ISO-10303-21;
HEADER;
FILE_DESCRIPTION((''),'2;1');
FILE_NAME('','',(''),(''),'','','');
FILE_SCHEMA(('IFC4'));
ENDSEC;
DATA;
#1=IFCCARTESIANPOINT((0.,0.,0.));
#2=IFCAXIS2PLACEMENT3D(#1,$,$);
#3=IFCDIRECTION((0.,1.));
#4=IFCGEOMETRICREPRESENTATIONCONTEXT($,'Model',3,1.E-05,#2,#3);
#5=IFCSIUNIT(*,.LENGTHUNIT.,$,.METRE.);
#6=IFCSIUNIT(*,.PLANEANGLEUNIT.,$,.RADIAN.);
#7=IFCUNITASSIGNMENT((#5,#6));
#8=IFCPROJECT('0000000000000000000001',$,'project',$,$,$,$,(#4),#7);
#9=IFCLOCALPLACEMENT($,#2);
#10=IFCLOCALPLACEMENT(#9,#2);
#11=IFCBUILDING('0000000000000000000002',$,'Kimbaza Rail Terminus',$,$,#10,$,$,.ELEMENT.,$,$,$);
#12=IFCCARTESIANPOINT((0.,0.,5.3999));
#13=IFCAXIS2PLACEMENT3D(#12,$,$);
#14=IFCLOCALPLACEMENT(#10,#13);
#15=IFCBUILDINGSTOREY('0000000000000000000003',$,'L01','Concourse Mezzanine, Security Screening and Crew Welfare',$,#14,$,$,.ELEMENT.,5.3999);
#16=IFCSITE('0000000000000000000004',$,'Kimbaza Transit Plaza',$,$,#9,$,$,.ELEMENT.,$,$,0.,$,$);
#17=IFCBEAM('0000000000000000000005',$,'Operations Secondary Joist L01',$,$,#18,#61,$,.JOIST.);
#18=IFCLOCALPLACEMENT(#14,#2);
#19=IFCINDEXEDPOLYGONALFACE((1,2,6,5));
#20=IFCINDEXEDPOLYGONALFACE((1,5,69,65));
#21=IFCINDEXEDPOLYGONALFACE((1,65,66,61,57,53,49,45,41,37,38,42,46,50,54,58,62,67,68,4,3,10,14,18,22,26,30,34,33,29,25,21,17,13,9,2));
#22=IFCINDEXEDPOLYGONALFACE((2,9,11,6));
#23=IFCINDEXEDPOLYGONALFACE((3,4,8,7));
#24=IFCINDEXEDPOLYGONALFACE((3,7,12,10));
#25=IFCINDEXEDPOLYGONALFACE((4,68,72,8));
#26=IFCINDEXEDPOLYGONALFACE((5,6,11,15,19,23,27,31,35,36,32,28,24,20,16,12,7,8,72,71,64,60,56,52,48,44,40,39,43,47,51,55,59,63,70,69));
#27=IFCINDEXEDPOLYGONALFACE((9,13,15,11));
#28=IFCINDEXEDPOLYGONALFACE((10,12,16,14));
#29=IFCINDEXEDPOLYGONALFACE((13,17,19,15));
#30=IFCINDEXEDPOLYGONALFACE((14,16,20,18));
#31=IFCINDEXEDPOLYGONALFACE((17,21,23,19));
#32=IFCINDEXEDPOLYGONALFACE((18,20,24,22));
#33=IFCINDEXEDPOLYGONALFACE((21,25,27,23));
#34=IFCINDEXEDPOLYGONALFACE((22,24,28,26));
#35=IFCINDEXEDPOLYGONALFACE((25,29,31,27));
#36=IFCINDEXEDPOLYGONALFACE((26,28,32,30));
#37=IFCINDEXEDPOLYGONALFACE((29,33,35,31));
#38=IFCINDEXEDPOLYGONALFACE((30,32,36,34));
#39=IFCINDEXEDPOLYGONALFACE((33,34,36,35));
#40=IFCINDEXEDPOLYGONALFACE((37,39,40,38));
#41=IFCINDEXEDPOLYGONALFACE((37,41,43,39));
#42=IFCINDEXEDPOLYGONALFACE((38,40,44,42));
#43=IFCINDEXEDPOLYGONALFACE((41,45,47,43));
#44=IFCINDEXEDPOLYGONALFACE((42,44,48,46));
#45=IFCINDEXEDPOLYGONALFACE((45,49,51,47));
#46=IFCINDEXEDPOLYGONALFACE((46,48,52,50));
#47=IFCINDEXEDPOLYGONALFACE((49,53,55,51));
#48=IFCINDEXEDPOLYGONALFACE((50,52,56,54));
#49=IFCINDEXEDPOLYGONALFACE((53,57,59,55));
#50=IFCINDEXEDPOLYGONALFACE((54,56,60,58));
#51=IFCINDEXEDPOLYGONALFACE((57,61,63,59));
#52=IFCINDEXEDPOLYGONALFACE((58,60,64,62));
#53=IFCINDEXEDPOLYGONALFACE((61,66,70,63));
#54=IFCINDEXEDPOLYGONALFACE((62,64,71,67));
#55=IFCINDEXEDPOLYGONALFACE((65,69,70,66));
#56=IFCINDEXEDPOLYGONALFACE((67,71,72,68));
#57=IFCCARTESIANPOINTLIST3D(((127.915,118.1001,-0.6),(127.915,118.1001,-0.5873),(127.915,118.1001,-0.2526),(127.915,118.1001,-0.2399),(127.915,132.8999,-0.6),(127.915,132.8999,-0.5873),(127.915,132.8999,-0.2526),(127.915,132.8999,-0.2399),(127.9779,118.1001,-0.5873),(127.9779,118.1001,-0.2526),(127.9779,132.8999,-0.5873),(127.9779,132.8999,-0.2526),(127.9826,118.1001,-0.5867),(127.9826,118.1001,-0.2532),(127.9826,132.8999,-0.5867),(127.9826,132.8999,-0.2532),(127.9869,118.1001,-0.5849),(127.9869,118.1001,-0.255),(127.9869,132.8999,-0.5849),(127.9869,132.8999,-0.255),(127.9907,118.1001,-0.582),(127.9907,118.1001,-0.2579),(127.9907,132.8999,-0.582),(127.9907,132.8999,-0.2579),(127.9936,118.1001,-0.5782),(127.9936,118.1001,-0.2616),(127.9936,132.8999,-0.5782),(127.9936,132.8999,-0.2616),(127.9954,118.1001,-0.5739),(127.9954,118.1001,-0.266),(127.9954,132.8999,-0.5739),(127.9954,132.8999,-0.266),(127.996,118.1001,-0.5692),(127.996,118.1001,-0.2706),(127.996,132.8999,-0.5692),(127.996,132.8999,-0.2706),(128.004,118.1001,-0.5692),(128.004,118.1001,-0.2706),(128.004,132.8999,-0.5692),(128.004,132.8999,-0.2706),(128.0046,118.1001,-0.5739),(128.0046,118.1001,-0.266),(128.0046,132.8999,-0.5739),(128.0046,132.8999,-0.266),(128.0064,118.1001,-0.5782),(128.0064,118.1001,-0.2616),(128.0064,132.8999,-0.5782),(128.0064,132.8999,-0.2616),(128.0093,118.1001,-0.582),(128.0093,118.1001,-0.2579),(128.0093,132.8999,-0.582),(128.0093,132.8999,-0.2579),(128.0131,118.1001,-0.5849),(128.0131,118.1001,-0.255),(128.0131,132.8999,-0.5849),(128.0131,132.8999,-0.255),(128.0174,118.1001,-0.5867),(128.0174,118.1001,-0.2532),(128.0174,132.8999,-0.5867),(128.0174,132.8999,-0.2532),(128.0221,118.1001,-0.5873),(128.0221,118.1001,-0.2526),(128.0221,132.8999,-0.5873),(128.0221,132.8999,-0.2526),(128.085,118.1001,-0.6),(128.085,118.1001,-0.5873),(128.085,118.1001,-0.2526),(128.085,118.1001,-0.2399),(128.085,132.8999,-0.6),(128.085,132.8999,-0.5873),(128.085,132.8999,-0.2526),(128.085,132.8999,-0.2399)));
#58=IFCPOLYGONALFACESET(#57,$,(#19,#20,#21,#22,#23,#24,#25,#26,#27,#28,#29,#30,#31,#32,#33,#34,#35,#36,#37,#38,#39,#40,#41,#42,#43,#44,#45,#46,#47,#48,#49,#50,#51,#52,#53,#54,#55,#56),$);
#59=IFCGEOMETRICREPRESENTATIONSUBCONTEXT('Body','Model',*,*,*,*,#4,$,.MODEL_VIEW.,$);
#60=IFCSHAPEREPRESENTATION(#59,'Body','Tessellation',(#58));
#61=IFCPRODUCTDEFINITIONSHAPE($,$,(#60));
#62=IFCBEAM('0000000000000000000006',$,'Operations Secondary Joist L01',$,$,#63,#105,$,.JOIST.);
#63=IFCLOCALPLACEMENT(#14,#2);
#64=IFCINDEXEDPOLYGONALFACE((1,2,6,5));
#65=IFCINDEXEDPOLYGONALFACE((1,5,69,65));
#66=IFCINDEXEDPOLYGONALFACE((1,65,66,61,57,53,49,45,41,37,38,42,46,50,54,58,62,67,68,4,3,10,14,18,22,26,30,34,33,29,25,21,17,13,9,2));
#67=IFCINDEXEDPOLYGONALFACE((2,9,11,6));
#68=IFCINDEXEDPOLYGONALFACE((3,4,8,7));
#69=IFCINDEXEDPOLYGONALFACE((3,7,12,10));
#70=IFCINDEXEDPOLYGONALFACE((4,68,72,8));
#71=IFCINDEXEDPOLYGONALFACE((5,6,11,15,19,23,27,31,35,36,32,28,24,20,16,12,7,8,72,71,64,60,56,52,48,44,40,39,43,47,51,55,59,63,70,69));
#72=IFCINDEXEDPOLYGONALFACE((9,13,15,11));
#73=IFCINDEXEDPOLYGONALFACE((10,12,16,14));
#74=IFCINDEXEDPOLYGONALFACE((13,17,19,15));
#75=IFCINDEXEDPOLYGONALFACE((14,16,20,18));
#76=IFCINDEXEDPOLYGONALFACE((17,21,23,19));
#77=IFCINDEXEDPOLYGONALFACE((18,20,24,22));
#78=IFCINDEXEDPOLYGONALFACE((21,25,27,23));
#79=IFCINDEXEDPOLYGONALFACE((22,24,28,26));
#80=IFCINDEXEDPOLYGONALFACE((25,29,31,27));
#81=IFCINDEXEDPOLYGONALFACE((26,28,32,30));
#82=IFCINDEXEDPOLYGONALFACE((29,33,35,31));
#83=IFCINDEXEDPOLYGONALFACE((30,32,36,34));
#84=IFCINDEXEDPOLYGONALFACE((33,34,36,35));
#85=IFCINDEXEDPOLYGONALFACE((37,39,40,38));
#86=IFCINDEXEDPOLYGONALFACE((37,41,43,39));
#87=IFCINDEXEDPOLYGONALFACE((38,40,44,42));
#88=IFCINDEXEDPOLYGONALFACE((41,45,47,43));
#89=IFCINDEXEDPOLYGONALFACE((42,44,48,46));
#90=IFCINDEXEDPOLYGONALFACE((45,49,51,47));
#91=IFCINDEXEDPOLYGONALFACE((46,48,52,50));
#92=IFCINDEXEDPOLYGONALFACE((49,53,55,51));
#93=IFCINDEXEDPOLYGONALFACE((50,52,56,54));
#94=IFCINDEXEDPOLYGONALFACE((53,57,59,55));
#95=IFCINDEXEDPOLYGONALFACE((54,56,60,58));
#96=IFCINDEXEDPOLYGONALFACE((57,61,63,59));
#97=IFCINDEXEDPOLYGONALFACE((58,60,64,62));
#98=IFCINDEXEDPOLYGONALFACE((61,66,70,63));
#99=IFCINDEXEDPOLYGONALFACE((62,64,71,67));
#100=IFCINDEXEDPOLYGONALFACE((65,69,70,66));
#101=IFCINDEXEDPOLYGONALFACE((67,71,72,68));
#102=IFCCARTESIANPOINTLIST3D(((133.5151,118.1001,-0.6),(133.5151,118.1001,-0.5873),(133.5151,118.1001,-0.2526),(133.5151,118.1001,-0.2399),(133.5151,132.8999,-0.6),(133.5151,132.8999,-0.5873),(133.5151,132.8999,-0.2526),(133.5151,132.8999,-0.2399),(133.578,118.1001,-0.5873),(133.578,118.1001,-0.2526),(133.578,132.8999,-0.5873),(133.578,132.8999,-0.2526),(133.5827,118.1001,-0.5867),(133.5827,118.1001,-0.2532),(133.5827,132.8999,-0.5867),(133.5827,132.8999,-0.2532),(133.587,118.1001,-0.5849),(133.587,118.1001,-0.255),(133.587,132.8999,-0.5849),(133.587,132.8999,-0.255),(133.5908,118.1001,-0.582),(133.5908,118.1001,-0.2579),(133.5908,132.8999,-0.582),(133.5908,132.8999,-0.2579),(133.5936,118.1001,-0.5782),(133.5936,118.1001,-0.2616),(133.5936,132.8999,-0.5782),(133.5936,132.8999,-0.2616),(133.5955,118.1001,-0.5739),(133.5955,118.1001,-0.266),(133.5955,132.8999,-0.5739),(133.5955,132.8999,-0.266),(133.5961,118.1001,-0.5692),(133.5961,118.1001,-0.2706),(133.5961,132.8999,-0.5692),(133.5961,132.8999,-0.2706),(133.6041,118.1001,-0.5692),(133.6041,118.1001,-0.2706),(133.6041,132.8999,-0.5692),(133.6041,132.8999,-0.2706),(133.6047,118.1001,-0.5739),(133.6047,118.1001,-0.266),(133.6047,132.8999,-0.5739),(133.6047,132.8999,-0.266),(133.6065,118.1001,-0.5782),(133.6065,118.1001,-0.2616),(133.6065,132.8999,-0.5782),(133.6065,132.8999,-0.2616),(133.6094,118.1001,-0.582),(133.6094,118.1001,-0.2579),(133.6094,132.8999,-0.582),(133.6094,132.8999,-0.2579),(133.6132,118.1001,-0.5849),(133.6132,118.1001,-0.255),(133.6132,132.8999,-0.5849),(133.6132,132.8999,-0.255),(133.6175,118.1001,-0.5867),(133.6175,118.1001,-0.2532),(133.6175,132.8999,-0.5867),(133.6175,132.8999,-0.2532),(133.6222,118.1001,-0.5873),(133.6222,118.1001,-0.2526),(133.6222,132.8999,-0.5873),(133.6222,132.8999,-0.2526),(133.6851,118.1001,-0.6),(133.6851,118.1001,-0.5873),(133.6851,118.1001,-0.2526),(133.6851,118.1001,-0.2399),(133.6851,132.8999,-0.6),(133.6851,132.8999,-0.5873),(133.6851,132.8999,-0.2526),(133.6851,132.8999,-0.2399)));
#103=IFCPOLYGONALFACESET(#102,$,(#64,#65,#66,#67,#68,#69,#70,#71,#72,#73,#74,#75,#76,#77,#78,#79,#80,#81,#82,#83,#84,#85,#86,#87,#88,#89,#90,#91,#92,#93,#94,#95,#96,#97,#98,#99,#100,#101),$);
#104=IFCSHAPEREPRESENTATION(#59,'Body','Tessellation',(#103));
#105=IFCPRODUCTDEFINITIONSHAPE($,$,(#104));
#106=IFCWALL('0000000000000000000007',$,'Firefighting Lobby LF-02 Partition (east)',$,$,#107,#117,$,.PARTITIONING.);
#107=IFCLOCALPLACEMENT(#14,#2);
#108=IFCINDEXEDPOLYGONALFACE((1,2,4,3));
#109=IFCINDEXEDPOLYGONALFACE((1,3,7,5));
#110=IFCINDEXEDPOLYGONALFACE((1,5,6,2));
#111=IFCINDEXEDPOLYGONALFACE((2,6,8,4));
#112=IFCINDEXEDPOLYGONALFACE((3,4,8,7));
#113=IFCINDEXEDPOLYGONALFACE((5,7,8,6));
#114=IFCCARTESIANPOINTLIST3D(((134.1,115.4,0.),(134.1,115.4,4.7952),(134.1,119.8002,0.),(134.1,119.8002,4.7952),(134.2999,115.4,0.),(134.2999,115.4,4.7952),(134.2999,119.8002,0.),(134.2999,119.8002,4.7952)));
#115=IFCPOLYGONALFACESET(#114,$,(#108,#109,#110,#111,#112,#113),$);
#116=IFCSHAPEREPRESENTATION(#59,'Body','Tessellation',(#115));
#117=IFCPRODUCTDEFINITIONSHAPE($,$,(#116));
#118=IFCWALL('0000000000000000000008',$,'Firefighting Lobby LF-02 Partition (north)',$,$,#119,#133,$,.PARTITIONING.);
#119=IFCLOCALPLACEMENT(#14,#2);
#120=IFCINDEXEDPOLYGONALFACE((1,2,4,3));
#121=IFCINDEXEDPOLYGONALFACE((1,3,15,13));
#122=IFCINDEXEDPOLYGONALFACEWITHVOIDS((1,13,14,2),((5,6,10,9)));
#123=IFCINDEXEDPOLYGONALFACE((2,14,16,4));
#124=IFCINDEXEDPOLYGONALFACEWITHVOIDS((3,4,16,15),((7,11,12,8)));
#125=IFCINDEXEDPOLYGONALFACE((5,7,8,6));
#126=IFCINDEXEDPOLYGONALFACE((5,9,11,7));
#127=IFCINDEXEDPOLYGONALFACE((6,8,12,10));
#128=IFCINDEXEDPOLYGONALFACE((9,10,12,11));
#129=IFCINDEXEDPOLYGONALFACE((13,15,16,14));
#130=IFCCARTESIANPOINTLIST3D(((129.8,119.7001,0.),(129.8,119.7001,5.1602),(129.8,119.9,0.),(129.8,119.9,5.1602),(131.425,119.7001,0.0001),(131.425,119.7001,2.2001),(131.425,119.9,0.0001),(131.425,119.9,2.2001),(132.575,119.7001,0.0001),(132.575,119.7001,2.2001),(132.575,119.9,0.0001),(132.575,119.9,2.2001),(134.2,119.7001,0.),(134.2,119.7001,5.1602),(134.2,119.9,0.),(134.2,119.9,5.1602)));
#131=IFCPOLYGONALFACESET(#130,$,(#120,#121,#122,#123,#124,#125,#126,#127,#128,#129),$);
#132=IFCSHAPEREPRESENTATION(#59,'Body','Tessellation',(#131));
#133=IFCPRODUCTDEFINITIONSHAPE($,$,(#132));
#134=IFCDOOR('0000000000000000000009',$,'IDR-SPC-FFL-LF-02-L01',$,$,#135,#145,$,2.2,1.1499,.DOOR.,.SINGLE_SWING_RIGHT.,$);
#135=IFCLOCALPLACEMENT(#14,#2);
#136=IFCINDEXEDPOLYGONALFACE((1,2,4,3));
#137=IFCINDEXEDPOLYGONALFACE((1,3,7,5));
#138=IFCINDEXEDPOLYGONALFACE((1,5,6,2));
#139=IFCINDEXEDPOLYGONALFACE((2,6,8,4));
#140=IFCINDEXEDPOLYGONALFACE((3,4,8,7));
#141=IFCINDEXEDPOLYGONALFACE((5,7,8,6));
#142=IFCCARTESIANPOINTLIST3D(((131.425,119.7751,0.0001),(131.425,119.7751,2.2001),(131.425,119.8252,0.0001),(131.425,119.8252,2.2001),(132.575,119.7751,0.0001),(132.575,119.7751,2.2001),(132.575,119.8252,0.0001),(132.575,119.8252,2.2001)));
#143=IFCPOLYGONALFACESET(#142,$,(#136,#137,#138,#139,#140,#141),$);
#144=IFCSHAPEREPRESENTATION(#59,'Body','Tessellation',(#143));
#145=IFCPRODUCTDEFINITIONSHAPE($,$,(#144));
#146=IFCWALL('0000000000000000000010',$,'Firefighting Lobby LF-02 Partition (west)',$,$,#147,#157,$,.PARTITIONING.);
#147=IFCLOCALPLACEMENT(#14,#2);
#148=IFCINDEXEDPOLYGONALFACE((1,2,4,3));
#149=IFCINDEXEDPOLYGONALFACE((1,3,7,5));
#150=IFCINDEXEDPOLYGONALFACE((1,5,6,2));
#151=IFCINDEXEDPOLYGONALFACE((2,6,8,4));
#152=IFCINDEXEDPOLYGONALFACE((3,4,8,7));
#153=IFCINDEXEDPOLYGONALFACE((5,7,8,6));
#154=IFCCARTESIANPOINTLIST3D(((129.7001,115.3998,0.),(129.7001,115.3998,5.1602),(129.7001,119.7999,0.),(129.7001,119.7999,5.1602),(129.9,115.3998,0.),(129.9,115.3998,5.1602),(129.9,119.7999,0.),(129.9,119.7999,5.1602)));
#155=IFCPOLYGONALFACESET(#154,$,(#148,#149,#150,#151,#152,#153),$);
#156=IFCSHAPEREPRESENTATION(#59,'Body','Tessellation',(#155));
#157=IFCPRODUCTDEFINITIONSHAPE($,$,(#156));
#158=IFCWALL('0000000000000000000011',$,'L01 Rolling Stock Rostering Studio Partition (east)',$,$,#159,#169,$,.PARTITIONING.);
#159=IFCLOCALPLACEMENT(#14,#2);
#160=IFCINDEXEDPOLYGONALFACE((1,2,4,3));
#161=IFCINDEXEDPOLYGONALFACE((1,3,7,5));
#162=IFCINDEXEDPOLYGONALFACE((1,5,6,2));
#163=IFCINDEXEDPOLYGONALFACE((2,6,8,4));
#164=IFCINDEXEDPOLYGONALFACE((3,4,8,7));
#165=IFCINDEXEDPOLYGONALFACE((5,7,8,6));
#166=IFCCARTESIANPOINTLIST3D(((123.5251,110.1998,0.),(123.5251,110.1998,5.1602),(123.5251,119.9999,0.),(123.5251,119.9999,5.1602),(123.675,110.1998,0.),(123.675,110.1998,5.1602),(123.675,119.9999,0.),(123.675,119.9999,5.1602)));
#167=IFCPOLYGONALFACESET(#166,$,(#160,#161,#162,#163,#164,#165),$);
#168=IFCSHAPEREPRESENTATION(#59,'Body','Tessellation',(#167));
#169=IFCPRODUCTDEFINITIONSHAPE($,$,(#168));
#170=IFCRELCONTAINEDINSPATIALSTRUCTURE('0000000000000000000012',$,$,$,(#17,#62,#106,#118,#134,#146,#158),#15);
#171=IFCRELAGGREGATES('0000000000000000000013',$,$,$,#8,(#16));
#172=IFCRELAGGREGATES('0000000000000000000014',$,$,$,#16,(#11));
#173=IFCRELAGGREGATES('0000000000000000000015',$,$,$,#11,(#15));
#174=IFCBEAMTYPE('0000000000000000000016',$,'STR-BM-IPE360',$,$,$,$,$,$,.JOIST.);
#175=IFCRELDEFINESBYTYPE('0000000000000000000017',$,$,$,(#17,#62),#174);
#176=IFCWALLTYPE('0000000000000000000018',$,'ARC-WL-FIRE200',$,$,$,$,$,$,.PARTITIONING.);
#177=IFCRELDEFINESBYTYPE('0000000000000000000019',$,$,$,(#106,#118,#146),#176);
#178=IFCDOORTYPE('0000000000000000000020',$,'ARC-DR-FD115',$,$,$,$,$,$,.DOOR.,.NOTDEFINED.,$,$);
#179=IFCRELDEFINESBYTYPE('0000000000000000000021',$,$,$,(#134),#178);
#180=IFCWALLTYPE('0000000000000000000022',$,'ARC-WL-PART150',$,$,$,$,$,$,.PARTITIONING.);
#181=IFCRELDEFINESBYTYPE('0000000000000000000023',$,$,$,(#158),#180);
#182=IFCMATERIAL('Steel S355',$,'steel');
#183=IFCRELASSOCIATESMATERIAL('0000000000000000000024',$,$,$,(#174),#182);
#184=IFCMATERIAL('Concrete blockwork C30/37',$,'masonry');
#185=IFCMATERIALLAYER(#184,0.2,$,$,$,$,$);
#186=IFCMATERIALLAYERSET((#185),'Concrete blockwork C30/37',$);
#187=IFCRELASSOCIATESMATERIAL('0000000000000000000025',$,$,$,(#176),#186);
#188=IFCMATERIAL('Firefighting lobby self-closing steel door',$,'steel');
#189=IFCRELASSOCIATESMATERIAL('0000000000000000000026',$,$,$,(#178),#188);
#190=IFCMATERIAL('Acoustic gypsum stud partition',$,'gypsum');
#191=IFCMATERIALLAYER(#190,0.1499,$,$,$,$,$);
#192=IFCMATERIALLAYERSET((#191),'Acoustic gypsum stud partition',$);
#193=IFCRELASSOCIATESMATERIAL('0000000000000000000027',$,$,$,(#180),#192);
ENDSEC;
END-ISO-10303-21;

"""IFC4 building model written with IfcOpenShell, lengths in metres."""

from ifc_helpers import new_model, si_unit, direction, frame, frame_2d, origin, origin_2d, place, context, subcontext, project, spatial, rectangle, i_section, extrude, material, layer, layer_set, material_profile, profile_set, type_object, element, fill, save


model = new_model("IFC4")

# Units and contexts
model_context = context("Model", 3, precision=1e-05, world=origin(), true_north=direction((0.0, 1.0)))
body_context = subcontext(model_context, "Body", "Model", "MODEL_VIEW")
ifc_project = project(units=[si_unit("LENGTHUNIT", "METRE"), si_unit("PLANEANGLEUNIT", "RADIAN")], contexts=[model_context])

# Site, building, storey
site_placement = place(None, origin())
site = spatial("IfcSite", under=ifc_project, at=site_placement, Name="Kimbaza Transit Plaza", CompositionType="ELEMENT", RefElevation=0.0)
building_placement = place(site_placement, origin())
building = spatial("IfcBuilding", under=site, at=building_placement, Name="Kimbaza Rail Terminus", CompositionType="ELEMENT")
storey_placement = place(building_placement, frame((0.0, 0.0, 5.3999)))
storey = spatial("IfcBuildingStorey", under=building, at=storey_placement, Name="L01", Description="Concourse Mezzanine, Security Screening and Crew Welfare", CompositionType="ELEMENT", Elevation=5.3999)

# Beams
ifc_material_1 = material(Name="Steel S355", Category="steel")
ifc_material_profile_1 = material_profile(ifc_material_1, i_section(OverallWidth=0.1699, OverallDepth=0.3601, WebThickness=0.0081, FlangeThickness=0.0127, FilletRadius=0.0181, at=origin_2d()), Name="IPE 360")
ifc_profile_set_1 = profile_set([ifc_material_profile_1], Name="Steel S355")
beam_type_1 = type_object("IfcBeamType", Name="STR-BM-IPE360", PredefinedType="JOIST", material=ifc_profile_set_1)
for number, where, z_axis, x_axis, name in (
    (1, (128.0, 118.1001, -0.4199), (0.0, 1.0, 0.0), (-1.0, 0.0, 0.0), "Operations Secondary Joist L01"),
    (2, (133.6001, 118.1001, -0.4199), (0.0, 1.0, 0.0), (-1.0, 0.0, 0.0), "Operations Secondary Joist L01"),
):
    element("IfcBeam", number, at=place(storey_placement, frame(where, z_axis=z_axis, x_axis=x_axis)), inside=storey, type_object=beam_type_1, Name=name, PredefinedType="JOIST", context=body_context, shape_type="SweptSolid", body=[
        extrude(i_section(OverallWidth=0.1699, OverallDepth=0.3601, WebThickness=0.0081, FlangeThickness=0.0127, FilletRadius=0.0181, at=origin_2d()), origin(), (0.0, 0.0, 1.0), 14.7998),
    ])

# Wall
ifc_material_2 = material(Name="Concrete blockwork C30/37", Category="masonry")
ifc_layer_1 = layer(ifc_material_2, 0.2)
ifc_layer_set_1 = layer_set([ifc_layer_1], Name="Concrete blockwork C30/37")
wall_type_1 = type_object("IfcWallType", Name="ARC-WL-FIRE200", PredefinedType="PARTITIONING", material=ifc_layer_set_1)
wall_1_placement = place(storey_placement, frame((134.2, 115.3999, 0.0), z_axis=(0.0, 0.0, 1.0), x_axis=(0.0, 1.0, 0.0)))
element("IfcWall", 3, at=wall_1_placement, inside=storey, type_object=wall_type_1, Name="Firefighting Lobby LF-02 Partition (east)", PredefinedType="PARTITIONING", context=body_context, shape_type="SweptSolid", body=[
    extrude(rectangle(XDim=4.4001, YDim=0.2, at=frame_2d((2.2002, 0.0))), origin(), (0.0, 0.0, 1.0), 4.7952),
])

# Wall, opening, door
wall_2_placement = place(storey_placement, frame((134.2, 119.8, 0.0), z_axis=(0.0, 0.0, 1.0), x_axis=(-1.0, 0.0, 0.0)))
wall_2 = element("IfcWall", 4, at=wall_2_placement, inside=storey, type_object=wall_type_1, Name="Firefighting Lobby LF-02 Partition (north)", PredefinedType="PARTITIONING", context=body_context, shape_type="SweptSolid", body=[
    extrude(rectangle(XDim=4.3999, YDim=0.2, at=frame_2d((2.2, 0.0))), origin(), (0.0, 0.0, 1.0), 5.1602),
])
opening_1_placement = place(wall_2_placement, frame((1.625, 0.0, 0.0)))
opening_1 = element("IfcOpeningElement", 5, at=opening_1_placement, cuts=wall_2, PredefinedType="OPENING", context=body_context, shape_type="SweptSolid", body=[
    extrude(rectangle(XDim=1.1499, YDim=2.2, at=frame_2d((0.575, 1.1001))), frame((0.0, 0.1099, 0.0), z_axis=(0.0, -1.0, 0.0), x_axis=(1.0, 0.0, 0.0)), (0.0, 0.0, 1.0), 0.22),
])
ifc_material_3 = material(Name="Firefighting lobby self-closing steel door", Category="steel")
door_type_1 = type_object("IfcDoorType", Name="ARC-DR-FD115", OperationType="NOTDEFINED", PredefinedType="DOOR", material=ifc_material_3)
door_1_placement = place(opening_1_placement, origin())
door_1 = element("IfcDoor", 6, at=door_1_placement, inside=storey, type_object=door_type_1, Name="IDR-SPC-FFL-LF-02-L01", OperationType="SINGLE_SWING_RIGHT", OverallHeight=2.2, OverallWidth=1.1499, PredefinedType="DOOR", context=body_context, shape_type="SweptSolid", body=[
    extrude(rectangle(XDim=1.1499, YDim=2.2, at=frame_2d((0.575, 1.1001))), frame((0.0, 0.0249, 0.0), z_axis=(0.0, -1.0, 0.0), x_axis=(1.0, 0.0, 0.0)), (0.0, 0.0, 1.0), 0.05),
])
fill(opening_1, door_1)

# Walls
wall_3_placement = place(storey_placement, frame((129.8, 119.8, 0.0), z_axis=(0.0, 0.0, 1.0), x_axis=(0.0, -1.0, 0.0)))
element("IfcWall", 7, at=wall_3_placement, inside=storey, type_object=wall_type_1, Name="Firefighting Lobby LF-02 Partition (west)", PredefinedType="PARTITIONING", context=body_context, shape_type="SweptSolid", body=[
    extrude(rectangle(XDim=4.4001, YDim=0.2, at=frame_2d((2.2002, 0.0))), origin(), (0.0, 0.0, 1.0), 5.1602),
])
ifc_material_4 = material(Name="Acoustic gypsum stud partition", Category="gypsum")
ifc_layer_2 = layer(ifc_material_4, 0.1499)
ifc_layer_set_2 = layer_set([ifc_layer_2], Name="Acoustic gypsum stud partition")
wall_type_2 = type_object("IfcWallType", Name="ARC-WL-PART150", PredefinedType="PARTITIONING", material=ifc_layer_set_2)
wall_4_placement = place(storey_placement, frame((123.6001, 110.2, 0.0), z_axis=(0.0, 0.0, 1.0), x_axis=(0.0, 1.0, 0.0)))
element("IfcWall", 8, at=wall_4_placement, inside=storey, type_object=wall_type_2, Name="L01 Rolling Stock Rostering Studio Partition (east)", PredefinedType="PARTITIONING", context=body_context, shape_type="SweptSolid", body=[
    extrude(rectangle(XDim=9.8, YDim=0.1499, at=frame_2d((4.8999, 0.0))), origin(), (0.0, 0.0, 1.0), 5.1602),
])

save(model, "model.ifc")
